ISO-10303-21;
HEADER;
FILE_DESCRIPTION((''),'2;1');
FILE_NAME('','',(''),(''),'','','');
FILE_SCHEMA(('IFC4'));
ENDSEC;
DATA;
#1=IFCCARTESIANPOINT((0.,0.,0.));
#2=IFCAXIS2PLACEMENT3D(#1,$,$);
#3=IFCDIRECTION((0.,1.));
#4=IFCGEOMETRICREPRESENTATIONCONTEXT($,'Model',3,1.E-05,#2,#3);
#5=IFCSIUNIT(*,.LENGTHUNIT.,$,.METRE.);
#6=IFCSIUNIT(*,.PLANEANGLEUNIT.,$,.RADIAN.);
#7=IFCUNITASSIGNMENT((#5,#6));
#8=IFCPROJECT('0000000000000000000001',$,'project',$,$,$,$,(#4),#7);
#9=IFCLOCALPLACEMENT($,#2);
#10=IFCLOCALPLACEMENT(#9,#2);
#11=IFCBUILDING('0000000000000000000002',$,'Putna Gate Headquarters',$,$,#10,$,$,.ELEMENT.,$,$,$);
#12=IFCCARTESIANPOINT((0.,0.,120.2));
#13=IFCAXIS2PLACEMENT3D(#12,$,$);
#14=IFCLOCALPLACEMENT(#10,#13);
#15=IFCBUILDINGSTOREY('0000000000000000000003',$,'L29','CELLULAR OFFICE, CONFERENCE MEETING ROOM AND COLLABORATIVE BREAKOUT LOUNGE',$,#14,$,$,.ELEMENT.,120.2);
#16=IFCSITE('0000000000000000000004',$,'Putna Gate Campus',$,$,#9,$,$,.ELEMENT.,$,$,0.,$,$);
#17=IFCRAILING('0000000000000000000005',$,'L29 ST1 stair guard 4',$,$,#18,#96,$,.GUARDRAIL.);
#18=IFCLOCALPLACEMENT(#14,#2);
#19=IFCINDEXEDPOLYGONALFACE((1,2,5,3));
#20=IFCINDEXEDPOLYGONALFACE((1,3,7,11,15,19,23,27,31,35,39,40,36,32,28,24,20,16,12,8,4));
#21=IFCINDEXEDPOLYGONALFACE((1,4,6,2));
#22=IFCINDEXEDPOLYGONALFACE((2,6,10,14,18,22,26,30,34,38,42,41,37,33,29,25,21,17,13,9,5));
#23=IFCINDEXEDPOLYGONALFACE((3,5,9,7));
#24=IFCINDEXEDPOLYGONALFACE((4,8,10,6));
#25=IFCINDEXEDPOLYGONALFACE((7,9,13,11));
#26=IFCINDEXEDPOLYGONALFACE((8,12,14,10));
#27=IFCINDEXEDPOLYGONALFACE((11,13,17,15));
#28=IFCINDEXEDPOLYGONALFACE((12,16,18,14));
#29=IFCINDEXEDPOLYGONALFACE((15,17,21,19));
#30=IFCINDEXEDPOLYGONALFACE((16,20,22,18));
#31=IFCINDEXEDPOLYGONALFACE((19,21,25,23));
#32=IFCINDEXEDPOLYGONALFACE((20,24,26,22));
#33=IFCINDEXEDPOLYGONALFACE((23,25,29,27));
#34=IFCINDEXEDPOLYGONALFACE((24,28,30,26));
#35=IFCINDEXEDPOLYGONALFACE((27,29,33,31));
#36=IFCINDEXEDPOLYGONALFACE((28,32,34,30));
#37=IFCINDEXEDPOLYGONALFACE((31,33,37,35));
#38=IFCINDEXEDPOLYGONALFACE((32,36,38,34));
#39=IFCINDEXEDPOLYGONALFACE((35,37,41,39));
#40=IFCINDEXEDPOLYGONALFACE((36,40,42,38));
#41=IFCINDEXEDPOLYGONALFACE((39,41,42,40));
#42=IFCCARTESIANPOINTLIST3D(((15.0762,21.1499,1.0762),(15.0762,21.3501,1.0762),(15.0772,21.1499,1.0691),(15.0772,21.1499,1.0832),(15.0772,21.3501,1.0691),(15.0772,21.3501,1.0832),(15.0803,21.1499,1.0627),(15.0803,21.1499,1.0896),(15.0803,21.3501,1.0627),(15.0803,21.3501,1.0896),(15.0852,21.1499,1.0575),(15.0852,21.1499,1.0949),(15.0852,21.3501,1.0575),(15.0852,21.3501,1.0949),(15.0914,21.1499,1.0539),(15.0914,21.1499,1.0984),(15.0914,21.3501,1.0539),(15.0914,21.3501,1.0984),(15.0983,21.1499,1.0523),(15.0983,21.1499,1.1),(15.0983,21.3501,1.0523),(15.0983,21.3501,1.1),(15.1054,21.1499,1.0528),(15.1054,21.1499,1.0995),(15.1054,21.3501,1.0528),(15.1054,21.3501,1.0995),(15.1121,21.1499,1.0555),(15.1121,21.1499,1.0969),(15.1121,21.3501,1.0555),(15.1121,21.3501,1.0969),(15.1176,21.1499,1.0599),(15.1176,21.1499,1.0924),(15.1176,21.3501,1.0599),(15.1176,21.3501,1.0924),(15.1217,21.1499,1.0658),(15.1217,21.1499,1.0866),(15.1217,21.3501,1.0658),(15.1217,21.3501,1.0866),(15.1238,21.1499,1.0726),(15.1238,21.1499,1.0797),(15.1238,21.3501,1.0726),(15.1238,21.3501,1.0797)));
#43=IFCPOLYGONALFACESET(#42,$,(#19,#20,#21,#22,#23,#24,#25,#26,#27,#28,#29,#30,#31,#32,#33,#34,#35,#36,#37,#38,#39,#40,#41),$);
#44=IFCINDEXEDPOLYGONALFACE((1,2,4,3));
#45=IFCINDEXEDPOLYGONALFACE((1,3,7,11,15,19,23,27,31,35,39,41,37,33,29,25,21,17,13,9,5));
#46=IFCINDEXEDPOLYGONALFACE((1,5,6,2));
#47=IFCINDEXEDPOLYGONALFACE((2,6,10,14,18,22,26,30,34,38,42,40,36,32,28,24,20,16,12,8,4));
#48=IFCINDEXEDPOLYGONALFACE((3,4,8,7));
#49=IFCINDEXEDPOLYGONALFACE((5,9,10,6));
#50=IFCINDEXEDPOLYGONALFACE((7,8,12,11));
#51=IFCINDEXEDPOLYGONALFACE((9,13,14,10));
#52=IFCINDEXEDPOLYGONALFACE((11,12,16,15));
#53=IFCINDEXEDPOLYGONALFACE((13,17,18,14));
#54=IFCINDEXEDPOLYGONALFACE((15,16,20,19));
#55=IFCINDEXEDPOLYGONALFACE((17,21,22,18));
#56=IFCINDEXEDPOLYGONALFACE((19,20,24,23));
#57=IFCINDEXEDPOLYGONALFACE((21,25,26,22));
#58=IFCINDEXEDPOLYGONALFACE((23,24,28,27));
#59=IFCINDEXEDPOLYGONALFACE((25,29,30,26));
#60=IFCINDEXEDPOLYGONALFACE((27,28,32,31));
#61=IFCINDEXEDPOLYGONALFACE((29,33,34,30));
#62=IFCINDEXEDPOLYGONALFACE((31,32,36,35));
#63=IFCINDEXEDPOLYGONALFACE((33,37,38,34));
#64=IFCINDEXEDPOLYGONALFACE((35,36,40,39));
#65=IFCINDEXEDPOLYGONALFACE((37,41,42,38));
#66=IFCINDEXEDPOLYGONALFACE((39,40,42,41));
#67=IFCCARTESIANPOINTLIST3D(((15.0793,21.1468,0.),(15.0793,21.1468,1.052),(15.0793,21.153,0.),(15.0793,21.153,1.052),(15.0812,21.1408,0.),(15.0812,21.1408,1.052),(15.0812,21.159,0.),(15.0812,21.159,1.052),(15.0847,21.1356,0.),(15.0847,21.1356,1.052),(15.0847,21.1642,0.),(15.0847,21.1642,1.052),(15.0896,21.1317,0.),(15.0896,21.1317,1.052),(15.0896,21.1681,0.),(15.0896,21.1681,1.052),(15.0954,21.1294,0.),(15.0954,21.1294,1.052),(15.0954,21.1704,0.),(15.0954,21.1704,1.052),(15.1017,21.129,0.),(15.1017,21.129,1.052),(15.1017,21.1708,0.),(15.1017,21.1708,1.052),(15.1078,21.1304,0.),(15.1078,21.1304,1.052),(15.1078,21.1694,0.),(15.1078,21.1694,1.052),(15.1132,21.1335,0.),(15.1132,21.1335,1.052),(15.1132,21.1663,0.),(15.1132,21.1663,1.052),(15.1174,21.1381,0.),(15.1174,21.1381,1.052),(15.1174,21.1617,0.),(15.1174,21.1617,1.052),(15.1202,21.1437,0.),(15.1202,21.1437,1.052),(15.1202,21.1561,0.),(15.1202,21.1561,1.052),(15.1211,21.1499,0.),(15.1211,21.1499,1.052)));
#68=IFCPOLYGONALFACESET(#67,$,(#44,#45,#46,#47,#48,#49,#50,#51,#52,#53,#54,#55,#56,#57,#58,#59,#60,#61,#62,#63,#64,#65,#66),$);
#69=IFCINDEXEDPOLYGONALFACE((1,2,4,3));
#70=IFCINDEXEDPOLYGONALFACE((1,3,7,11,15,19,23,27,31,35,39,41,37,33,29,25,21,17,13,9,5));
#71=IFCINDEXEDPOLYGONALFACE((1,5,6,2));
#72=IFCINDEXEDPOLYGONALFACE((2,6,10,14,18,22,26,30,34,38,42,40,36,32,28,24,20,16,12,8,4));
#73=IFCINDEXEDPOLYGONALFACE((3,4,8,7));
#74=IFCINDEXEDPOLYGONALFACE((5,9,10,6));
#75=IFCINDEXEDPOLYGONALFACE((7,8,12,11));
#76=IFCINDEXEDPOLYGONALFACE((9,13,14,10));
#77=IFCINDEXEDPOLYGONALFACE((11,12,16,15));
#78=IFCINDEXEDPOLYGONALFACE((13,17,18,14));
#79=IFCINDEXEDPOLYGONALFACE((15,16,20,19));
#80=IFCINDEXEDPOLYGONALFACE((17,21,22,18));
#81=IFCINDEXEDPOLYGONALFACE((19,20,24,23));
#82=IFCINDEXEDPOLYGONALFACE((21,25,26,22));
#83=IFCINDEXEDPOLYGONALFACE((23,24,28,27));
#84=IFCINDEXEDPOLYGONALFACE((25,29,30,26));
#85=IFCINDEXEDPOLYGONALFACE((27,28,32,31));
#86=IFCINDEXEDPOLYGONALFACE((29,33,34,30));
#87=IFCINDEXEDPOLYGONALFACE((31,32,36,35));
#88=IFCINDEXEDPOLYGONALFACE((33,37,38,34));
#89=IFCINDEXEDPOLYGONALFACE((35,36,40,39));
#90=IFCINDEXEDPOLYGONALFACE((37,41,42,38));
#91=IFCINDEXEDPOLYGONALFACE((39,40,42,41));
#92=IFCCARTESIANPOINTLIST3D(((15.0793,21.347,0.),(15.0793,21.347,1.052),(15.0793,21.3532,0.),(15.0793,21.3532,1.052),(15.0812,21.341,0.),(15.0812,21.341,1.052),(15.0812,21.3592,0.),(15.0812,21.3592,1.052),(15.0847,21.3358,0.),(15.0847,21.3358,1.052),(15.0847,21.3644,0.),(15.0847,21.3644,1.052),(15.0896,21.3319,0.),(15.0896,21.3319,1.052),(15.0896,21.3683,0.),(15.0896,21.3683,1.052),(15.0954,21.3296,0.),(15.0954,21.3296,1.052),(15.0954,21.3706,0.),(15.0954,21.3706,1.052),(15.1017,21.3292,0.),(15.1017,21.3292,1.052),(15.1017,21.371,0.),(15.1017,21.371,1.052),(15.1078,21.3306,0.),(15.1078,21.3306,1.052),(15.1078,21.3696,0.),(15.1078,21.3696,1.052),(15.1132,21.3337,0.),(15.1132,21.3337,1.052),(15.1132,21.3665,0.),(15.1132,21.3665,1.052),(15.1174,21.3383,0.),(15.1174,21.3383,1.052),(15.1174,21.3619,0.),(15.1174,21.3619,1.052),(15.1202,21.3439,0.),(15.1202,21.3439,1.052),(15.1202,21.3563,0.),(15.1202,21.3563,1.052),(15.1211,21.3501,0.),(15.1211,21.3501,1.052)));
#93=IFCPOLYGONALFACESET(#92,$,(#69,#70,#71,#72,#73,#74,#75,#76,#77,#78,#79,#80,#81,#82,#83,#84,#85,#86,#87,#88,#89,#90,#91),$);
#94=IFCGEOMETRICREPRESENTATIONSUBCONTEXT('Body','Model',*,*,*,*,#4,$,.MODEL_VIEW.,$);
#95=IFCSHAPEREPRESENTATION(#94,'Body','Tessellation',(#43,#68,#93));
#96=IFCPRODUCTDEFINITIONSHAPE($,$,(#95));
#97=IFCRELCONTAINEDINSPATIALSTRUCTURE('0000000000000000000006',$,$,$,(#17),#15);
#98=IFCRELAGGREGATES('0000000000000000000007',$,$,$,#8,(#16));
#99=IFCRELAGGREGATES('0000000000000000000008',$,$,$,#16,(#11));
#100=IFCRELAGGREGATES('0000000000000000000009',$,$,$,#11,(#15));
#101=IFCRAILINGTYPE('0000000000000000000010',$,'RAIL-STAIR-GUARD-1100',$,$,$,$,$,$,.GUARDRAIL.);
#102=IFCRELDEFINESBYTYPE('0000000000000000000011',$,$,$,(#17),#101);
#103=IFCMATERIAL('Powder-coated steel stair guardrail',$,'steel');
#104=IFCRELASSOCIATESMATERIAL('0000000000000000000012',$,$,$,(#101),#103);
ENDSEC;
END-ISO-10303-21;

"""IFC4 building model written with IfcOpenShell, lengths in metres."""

from ifc_helpers import new_model, si_unit, direction, frame, origin, origin_2d, place, context, subcontext, project, spatial, circle, extrude, material, type_object, element, save


model = new_model("IFC4")

# Units and contexts
model_context = context("Model", 3, precision=1e-05, world=origin(), true_north=direction((0.0, 1.0)))
body_context = subcontext(model_context, "Body", "Model", "MODEL_VIEW")
ifc_project = project(units=[si_unit("LENGTHUNIT", "METRE"), si_unit("PLANEANGLEUNIT", "RADIAN")], contexts=[model_context])

# Site, building, storey
site_placement = place(None, origin())
site = spatial("IfcSite", under=ifc_project, at=site_placement, Name="Putna Gate Campus", CompositionType="ELEMENT", RefElevation=0.0)
building_placement = place(site_placement, origin())
building = spatial("IfcBuilding", under=site, at=building_placement, Name="Putna Gate Headquarters", CompositionType="ELEMENT")
storey_placement = place(building_placement, frame((0.0, 0.0, 120.2)))
storey = spatial("IfcBuildingStorey", under=building, at=storey_placement, Name="L29", Description="CELLULAR OFFICE, CONFERENCE MEETING ROOM AND COLLABORATIVE BREAKOUT LOUNGE", CompositionType="ELEMENT", Elevation=120.2)

# Railing
ifc_material_1 = material(Name="Powder-coated steel stair guardrail", Category="steel")
railing_type_1 = type_object("IfcRailingType", Name="RAIL-STAIR-GUARD-1100", PredefinedType="GUARDRAIL", material=ifc_material_1)
railing_1_placement = place(storey_placement, frame((15.1001, 21.1499, 0.0)))
element("IfcRailing", 1, at=railing_1_placement, inside=storey, type_object=railing_type_1, Name="L29 ST1 stair guard 4", PredefinedType="GUARDRAIL", context=body_context, shape_type="SweptSolid", body=[
    extrude(circle(Radius=0.0239, at=origin_2d()), frame((0.0, 0.0, 1.0762), z_axis=(0.0, 1.0, 0.0), x_axis=(-1.0, 0.0, 0.0)), (0.0, 0.0, 1.0), 0.2002),
    extrude(circle(Radius=0.021, at=origin_2d()), origin(), (0.0, 0.0, 1.0), 1.052),
    extrude(circle(Radius=0.021, at=origin_2d()), frame((0.0, 0.2002, 0.0)), (0.0, 0.0, 1.0), 1.052),
])

save(model, "model.ifc")
